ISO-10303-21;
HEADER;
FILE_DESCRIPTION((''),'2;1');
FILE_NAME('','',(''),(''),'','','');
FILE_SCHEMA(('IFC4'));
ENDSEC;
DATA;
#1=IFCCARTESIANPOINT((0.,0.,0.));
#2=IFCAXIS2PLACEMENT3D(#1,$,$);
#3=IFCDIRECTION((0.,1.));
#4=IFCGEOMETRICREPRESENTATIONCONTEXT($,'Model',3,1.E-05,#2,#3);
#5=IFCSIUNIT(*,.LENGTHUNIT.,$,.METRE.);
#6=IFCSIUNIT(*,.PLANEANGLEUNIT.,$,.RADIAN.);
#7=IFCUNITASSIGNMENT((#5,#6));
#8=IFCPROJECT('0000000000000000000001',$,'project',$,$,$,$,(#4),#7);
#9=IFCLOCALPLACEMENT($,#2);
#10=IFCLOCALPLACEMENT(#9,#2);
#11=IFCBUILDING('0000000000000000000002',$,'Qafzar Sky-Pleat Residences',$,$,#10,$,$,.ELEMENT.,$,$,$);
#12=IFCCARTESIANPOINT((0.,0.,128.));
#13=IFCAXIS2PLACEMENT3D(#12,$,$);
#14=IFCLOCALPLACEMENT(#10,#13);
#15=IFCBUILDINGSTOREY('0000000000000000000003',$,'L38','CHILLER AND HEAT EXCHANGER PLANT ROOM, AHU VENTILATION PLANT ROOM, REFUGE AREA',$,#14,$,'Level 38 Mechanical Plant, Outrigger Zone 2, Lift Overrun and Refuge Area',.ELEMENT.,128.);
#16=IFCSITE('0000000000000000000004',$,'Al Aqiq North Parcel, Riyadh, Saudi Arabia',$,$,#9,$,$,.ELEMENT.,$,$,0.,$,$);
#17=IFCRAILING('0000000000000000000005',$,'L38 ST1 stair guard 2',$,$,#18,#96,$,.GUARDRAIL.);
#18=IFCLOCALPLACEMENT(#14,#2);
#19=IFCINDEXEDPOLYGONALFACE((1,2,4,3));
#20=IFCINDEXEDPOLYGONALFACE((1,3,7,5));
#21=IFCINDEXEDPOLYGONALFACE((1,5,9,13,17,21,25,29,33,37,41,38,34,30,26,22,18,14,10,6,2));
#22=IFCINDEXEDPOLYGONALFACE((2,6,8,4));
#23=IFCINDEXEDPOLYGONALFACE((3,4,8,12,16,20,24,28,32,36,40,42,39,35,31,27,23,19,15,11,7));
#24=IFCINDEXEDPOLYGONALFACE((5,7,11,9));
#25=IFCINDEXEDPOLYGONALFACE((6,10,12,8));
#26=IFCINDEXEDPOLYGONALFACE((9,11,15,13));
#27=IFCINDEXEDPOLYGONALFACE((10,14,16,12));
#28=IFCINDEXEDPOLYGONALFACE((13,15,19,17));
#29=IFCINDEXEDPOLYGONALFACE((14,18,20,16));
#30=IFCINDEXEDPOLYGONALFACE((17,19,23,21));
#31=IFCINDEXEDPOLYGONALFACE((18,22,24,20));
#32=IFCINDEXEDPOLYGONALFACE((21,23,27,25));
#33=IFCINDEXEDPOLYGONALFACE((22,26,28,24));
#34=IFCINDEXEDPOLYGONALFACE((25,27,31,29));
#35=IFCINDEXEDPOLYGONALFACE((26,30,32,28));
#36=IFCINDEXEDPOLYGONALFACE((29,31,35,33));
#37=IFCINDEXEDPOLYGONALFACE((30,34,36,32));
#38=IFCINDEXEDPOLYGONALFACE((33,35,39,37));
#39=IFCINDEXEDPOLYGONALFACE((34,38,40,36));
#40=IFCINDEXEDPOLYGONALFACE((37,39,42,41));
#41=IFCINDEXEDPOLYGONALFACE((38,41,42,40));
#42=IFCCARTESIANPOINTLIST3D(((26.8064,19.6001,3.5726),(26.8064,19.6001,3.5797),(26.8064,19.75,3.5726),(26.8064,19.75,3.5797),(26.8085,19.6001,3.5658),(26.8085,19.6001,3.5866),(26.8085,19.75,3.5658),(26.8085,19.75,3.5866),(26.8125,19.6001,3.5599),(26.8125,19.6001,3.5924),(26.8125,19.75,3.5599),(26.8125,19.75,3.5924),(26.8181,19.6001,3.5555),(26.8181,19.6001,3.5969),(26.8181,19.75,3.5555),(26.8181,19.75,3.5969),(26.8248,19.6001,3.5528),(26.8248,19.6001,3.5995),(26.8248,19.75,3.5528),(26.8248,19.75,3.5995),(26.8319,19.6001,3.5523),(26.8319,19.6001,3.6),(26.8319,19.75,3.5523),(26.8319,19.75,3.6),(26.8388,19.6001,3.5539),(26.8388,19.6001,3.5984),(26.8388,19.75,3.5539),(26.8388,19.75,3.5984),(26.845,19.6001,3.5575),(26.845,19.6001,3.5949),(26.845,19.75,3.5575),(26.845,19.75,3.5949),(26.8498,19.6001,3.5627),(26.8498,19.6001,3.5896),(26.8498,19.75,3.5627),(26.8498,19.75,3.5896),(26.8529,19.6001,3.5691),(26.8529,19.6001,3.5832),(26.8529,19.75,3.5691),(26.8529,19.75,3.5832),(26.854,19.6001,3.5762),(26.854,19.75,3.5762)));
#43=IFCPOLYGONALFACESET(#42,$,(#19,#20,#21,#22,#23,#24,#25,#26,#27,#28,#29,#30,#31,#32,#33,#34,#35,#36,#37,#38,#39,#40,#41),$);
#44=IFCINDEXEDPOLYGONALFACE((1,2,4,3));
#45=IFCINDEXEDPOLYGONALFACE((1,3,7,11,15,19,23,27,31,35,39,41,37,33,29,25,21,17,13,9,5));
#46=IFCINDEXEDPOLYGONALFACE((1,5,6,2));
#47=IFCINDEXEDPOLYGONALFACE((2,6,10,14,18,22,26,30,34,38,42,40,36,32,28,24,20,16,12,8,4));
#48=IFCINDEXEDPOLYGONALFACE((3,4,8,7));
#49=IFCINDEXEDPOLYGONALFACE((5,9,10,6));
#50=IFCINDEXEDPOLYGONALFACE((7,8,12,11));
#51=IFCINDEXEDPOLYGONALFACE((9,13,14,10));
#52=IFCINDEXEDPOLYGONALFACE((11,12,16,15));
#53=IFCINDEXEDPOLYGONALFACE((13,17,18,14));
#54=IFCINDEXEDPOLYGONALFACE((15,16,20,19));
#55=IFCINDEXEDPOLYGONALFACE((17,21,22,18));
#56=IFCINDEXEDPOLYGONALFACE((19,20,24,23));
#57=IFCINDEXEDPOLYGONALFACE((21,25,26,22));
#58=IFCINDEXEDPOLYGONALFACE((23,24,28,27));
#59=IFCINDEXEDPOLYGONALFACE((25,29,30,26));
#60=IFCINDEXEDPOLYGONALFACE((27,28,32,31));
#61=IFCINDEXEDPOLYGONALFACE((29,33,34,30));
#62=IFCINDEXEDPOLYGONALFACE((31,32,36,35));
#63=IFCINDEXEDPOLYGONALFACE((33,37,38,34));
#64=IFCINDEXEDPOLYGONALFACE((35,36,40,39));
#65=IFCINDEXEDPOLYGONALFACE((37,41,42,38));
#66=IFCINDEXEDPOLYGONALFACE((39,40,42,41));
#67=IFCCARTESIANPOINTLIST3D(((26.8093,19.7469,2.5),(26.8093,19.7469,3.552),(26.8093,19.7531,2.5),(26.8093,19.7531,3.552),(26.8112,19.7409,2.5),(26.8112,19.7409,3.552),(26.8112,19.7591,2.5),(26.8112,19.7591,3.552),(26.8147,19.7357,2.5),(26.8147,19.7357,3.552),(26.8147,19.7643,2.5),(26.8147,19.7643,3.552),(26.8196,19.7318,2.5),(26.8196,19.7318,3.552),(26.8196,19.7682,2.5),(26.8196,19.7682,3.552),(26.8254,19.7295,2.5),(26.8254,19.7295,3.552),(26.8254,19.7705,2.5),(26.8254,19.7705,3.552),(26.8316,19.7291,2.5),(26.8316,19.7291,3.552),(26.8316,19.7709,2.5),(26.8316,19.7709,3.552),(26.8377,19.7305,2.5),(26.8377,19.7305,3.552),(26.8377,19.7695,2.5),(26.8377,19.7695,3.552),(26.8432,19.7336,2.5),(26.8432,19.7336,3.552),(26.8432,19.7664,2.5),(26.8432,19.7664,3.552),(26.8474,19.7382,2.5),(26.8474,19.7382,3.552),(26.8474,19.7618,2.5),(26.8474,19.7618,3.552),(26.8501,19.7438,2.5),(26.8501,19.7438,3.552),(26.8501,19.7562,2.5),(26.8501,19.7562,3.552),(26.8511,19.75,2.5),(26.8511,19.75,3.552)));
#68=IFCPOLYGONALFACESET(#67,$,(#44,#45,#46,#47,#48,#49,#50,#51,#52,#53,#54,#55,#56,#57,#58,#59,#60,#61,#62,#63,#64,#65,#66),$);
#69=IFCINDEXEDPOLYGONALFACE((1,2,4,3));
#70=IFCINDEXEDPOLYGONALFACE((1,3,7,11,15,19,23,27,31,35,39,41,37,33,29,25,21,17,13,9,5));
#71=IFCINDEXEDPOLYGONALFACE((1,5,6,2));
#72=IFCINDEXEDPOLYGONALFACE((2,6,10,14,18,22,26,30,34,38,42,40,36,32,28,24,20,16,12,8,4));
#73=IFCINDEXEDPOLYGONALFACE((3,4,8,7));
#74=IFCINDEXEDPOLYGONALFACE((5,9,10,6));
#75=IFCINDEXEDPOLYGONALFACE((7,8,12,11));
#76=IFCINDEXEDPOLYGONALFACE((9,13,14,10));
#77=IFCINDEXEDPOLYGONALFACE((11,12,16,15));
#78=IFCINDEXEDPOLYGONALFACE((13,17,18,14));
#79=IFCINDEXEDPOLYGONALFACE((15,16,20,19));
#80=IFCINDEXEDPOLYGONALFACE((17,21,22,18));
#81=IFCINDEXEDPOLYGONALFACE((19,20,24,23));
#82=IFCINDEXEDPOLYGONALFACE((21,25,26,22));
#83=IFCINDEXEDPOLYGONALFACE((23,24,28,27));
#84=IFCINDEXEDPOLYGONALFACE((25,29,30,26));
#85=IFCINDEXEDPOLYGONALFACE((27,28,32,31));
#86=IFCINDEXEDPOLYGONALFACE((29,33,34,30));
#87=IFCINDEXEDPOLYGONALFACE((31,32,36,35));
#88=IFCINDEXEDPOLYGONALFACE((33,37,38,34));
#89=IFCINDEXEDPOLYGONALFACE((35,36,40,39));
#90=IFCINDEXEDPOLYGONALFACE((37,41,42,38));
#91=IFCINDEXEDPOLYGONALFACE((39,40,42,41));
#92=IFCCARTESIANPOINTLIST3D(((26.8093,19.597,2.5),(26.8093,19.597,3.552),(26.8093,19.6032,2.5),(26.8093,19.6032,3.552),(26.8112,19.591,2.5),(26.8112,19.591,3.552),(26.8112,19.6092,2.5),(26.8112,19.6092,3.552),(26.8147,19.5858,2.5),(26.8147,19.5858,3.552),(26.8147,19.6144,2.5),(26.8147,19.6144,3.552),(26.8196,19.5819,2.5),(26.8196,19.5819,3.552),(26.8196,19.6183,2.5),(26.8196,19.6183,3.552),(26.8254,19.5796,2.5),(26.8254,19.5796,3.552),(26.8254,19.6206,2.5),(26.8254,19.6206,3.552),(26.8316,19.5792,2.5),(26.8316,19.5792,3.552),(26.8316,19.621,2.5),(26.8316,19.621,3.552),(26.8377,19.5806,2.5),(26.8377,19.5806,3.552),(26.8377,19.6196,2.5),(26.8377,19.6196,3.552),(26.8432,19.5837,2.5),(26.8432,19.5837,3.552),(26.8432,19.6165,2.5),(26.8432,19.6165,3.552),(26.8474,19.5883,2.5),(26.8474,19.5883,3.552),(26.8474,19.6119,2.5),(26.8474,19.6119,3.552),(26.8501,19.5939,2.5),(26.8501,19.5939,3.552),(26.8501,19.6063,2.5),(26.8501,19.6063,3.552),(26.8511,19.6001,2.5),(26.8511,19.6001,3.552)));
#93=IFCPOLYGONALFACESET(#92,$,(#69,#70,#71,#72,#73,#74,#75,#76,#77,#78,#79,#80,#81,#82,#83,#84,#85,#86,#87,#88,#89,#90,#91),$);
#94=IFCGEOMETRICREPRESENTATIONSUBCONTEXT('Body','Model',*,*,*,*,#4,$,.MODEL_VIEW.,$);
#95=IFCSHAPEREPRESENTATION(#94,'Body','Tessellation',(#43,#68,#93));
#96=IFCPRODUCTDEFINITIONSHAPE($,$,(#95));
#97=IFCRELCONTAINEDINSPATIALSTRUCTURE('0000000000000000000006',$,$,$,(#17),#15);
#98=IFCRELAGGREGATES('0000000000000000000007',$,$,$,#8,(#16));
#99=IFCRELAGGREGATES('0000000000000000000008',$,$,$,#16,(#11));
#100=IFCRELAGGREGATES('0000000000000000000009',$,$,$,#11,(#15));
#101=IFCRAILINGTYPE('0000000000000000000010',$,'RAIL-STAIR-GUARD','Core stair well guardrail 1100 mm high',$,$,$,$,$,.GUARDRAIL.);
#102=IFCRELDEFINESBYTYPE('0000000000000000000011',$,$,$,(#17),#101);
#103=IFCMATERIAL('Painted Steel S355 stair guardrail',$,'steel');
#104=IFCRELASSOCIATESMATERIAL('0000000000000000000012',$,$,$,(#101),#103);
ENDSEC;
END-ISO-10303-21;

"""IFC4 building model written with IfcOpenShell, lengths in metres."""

from ifc_helpers import new_model, si_unit, direction, frame, origin, origin_2d, place, context, subcontext, project, spatial, circle, extrude, source, transform, mapped, material, type_object, element, save


model = new_model("IFC4")

# Units and contexts
model_context = context("Model", 3, precision=1e-05, world=origin(), true_north=direction((0.0, 1.0)))
body_context = subcontext(model_context, "Body", "Model", "MODEL_VIEW")
ifc_project = project(units=[si_unit("LENGTHUNIT", "METRE"), si_unit("PLANEANGLEUNIT", "RADIAN")], contexts=[model_context])

# Site, building, storey
site_placement = place(None, origin())
site = spatial("IfcSite", under=ifc_project, at=site_placement, Name="Al Aqiq North Parcel, Riyadh, Saudi Arabia", CompositionType="ELEMENT", RefElevation=0.0)
building_placement = place(site_placement, origin())
building = spatial("IfcBuilding", under=site, at=building_placement, Name="Qafzar Sky-Pleat Residences", CompositionType="ELEMENT")
storey_placement = place(building_placement, frame((0.0, 0.0, 128.0)))
storey = spatial("IfcBuildingStorey", under=building, at=storey_placement, Name="L38", Description="CHILLER AND HEAT EXCHANGER PLANT ROOM, AHU VENTILATION PLANT ROOM, REFUGE AREA", LongName="Level 38 Mechanical Plant, Outrigger Zone 2, Lift Overrun and Refuge Area", CompositionType="ELEMENT", Elevation=128.0)

# Railing
ifc_material_1 = material(Name="Painted Steel S355 stair guardrail", Category="steel")
railing_type_1 = type_object("IfcRailingType", Name="RAIL-STAIR-GUARD", Description="Core stair well guardrail 1100 mm high", PredefinedType="GUARDRAIL", material=ifc_material_1)
shared_shape_1 = source(origin(), body_context, "Body", "SweptSolid", [
    extrude(circle(Radius=0.0239, at=origin_2d()), frame((0.0, 0.0, 1.0762), z_axis=(0.0, -1.0, 0.0), x_axis=(1.0, 0.0, 0.0)), (0.0, 0.0, 1.0), 0.1499),
    extrude(circle(Radius=0.021, at=origin_2d()), origin(), (0.0, 0.0, 1.0), 1.052),
    extrude(circle(Radius=0.021, at=origin_2d()), frame((0.0, -0.1499, 0.0)), (0.0, 0.0, 1.0), 1.052),
])
railing_1_placement = place(storey_placement, frame((26.8301, 19.75, 2.5)))
element("IfcRailing", 1, at=railing_1_placement, inside=storey, type_object=railing_type_1, Name="L38 ST1 stair guard 2", PredefinedType="GUARDRAIL", context=body_context, shape_type="MappedRepresentation", body=[
    mapped(shared_shape_1, transform((0.0, 0.0, 0.0), x_axis=(1.0, 0.0, 0.0), y_axis=(0.0, 1.0, 0.0), z_axis=(0.0, 0.0, 1.0), scale=1.0)),
])

save(model, "model.ifc")
